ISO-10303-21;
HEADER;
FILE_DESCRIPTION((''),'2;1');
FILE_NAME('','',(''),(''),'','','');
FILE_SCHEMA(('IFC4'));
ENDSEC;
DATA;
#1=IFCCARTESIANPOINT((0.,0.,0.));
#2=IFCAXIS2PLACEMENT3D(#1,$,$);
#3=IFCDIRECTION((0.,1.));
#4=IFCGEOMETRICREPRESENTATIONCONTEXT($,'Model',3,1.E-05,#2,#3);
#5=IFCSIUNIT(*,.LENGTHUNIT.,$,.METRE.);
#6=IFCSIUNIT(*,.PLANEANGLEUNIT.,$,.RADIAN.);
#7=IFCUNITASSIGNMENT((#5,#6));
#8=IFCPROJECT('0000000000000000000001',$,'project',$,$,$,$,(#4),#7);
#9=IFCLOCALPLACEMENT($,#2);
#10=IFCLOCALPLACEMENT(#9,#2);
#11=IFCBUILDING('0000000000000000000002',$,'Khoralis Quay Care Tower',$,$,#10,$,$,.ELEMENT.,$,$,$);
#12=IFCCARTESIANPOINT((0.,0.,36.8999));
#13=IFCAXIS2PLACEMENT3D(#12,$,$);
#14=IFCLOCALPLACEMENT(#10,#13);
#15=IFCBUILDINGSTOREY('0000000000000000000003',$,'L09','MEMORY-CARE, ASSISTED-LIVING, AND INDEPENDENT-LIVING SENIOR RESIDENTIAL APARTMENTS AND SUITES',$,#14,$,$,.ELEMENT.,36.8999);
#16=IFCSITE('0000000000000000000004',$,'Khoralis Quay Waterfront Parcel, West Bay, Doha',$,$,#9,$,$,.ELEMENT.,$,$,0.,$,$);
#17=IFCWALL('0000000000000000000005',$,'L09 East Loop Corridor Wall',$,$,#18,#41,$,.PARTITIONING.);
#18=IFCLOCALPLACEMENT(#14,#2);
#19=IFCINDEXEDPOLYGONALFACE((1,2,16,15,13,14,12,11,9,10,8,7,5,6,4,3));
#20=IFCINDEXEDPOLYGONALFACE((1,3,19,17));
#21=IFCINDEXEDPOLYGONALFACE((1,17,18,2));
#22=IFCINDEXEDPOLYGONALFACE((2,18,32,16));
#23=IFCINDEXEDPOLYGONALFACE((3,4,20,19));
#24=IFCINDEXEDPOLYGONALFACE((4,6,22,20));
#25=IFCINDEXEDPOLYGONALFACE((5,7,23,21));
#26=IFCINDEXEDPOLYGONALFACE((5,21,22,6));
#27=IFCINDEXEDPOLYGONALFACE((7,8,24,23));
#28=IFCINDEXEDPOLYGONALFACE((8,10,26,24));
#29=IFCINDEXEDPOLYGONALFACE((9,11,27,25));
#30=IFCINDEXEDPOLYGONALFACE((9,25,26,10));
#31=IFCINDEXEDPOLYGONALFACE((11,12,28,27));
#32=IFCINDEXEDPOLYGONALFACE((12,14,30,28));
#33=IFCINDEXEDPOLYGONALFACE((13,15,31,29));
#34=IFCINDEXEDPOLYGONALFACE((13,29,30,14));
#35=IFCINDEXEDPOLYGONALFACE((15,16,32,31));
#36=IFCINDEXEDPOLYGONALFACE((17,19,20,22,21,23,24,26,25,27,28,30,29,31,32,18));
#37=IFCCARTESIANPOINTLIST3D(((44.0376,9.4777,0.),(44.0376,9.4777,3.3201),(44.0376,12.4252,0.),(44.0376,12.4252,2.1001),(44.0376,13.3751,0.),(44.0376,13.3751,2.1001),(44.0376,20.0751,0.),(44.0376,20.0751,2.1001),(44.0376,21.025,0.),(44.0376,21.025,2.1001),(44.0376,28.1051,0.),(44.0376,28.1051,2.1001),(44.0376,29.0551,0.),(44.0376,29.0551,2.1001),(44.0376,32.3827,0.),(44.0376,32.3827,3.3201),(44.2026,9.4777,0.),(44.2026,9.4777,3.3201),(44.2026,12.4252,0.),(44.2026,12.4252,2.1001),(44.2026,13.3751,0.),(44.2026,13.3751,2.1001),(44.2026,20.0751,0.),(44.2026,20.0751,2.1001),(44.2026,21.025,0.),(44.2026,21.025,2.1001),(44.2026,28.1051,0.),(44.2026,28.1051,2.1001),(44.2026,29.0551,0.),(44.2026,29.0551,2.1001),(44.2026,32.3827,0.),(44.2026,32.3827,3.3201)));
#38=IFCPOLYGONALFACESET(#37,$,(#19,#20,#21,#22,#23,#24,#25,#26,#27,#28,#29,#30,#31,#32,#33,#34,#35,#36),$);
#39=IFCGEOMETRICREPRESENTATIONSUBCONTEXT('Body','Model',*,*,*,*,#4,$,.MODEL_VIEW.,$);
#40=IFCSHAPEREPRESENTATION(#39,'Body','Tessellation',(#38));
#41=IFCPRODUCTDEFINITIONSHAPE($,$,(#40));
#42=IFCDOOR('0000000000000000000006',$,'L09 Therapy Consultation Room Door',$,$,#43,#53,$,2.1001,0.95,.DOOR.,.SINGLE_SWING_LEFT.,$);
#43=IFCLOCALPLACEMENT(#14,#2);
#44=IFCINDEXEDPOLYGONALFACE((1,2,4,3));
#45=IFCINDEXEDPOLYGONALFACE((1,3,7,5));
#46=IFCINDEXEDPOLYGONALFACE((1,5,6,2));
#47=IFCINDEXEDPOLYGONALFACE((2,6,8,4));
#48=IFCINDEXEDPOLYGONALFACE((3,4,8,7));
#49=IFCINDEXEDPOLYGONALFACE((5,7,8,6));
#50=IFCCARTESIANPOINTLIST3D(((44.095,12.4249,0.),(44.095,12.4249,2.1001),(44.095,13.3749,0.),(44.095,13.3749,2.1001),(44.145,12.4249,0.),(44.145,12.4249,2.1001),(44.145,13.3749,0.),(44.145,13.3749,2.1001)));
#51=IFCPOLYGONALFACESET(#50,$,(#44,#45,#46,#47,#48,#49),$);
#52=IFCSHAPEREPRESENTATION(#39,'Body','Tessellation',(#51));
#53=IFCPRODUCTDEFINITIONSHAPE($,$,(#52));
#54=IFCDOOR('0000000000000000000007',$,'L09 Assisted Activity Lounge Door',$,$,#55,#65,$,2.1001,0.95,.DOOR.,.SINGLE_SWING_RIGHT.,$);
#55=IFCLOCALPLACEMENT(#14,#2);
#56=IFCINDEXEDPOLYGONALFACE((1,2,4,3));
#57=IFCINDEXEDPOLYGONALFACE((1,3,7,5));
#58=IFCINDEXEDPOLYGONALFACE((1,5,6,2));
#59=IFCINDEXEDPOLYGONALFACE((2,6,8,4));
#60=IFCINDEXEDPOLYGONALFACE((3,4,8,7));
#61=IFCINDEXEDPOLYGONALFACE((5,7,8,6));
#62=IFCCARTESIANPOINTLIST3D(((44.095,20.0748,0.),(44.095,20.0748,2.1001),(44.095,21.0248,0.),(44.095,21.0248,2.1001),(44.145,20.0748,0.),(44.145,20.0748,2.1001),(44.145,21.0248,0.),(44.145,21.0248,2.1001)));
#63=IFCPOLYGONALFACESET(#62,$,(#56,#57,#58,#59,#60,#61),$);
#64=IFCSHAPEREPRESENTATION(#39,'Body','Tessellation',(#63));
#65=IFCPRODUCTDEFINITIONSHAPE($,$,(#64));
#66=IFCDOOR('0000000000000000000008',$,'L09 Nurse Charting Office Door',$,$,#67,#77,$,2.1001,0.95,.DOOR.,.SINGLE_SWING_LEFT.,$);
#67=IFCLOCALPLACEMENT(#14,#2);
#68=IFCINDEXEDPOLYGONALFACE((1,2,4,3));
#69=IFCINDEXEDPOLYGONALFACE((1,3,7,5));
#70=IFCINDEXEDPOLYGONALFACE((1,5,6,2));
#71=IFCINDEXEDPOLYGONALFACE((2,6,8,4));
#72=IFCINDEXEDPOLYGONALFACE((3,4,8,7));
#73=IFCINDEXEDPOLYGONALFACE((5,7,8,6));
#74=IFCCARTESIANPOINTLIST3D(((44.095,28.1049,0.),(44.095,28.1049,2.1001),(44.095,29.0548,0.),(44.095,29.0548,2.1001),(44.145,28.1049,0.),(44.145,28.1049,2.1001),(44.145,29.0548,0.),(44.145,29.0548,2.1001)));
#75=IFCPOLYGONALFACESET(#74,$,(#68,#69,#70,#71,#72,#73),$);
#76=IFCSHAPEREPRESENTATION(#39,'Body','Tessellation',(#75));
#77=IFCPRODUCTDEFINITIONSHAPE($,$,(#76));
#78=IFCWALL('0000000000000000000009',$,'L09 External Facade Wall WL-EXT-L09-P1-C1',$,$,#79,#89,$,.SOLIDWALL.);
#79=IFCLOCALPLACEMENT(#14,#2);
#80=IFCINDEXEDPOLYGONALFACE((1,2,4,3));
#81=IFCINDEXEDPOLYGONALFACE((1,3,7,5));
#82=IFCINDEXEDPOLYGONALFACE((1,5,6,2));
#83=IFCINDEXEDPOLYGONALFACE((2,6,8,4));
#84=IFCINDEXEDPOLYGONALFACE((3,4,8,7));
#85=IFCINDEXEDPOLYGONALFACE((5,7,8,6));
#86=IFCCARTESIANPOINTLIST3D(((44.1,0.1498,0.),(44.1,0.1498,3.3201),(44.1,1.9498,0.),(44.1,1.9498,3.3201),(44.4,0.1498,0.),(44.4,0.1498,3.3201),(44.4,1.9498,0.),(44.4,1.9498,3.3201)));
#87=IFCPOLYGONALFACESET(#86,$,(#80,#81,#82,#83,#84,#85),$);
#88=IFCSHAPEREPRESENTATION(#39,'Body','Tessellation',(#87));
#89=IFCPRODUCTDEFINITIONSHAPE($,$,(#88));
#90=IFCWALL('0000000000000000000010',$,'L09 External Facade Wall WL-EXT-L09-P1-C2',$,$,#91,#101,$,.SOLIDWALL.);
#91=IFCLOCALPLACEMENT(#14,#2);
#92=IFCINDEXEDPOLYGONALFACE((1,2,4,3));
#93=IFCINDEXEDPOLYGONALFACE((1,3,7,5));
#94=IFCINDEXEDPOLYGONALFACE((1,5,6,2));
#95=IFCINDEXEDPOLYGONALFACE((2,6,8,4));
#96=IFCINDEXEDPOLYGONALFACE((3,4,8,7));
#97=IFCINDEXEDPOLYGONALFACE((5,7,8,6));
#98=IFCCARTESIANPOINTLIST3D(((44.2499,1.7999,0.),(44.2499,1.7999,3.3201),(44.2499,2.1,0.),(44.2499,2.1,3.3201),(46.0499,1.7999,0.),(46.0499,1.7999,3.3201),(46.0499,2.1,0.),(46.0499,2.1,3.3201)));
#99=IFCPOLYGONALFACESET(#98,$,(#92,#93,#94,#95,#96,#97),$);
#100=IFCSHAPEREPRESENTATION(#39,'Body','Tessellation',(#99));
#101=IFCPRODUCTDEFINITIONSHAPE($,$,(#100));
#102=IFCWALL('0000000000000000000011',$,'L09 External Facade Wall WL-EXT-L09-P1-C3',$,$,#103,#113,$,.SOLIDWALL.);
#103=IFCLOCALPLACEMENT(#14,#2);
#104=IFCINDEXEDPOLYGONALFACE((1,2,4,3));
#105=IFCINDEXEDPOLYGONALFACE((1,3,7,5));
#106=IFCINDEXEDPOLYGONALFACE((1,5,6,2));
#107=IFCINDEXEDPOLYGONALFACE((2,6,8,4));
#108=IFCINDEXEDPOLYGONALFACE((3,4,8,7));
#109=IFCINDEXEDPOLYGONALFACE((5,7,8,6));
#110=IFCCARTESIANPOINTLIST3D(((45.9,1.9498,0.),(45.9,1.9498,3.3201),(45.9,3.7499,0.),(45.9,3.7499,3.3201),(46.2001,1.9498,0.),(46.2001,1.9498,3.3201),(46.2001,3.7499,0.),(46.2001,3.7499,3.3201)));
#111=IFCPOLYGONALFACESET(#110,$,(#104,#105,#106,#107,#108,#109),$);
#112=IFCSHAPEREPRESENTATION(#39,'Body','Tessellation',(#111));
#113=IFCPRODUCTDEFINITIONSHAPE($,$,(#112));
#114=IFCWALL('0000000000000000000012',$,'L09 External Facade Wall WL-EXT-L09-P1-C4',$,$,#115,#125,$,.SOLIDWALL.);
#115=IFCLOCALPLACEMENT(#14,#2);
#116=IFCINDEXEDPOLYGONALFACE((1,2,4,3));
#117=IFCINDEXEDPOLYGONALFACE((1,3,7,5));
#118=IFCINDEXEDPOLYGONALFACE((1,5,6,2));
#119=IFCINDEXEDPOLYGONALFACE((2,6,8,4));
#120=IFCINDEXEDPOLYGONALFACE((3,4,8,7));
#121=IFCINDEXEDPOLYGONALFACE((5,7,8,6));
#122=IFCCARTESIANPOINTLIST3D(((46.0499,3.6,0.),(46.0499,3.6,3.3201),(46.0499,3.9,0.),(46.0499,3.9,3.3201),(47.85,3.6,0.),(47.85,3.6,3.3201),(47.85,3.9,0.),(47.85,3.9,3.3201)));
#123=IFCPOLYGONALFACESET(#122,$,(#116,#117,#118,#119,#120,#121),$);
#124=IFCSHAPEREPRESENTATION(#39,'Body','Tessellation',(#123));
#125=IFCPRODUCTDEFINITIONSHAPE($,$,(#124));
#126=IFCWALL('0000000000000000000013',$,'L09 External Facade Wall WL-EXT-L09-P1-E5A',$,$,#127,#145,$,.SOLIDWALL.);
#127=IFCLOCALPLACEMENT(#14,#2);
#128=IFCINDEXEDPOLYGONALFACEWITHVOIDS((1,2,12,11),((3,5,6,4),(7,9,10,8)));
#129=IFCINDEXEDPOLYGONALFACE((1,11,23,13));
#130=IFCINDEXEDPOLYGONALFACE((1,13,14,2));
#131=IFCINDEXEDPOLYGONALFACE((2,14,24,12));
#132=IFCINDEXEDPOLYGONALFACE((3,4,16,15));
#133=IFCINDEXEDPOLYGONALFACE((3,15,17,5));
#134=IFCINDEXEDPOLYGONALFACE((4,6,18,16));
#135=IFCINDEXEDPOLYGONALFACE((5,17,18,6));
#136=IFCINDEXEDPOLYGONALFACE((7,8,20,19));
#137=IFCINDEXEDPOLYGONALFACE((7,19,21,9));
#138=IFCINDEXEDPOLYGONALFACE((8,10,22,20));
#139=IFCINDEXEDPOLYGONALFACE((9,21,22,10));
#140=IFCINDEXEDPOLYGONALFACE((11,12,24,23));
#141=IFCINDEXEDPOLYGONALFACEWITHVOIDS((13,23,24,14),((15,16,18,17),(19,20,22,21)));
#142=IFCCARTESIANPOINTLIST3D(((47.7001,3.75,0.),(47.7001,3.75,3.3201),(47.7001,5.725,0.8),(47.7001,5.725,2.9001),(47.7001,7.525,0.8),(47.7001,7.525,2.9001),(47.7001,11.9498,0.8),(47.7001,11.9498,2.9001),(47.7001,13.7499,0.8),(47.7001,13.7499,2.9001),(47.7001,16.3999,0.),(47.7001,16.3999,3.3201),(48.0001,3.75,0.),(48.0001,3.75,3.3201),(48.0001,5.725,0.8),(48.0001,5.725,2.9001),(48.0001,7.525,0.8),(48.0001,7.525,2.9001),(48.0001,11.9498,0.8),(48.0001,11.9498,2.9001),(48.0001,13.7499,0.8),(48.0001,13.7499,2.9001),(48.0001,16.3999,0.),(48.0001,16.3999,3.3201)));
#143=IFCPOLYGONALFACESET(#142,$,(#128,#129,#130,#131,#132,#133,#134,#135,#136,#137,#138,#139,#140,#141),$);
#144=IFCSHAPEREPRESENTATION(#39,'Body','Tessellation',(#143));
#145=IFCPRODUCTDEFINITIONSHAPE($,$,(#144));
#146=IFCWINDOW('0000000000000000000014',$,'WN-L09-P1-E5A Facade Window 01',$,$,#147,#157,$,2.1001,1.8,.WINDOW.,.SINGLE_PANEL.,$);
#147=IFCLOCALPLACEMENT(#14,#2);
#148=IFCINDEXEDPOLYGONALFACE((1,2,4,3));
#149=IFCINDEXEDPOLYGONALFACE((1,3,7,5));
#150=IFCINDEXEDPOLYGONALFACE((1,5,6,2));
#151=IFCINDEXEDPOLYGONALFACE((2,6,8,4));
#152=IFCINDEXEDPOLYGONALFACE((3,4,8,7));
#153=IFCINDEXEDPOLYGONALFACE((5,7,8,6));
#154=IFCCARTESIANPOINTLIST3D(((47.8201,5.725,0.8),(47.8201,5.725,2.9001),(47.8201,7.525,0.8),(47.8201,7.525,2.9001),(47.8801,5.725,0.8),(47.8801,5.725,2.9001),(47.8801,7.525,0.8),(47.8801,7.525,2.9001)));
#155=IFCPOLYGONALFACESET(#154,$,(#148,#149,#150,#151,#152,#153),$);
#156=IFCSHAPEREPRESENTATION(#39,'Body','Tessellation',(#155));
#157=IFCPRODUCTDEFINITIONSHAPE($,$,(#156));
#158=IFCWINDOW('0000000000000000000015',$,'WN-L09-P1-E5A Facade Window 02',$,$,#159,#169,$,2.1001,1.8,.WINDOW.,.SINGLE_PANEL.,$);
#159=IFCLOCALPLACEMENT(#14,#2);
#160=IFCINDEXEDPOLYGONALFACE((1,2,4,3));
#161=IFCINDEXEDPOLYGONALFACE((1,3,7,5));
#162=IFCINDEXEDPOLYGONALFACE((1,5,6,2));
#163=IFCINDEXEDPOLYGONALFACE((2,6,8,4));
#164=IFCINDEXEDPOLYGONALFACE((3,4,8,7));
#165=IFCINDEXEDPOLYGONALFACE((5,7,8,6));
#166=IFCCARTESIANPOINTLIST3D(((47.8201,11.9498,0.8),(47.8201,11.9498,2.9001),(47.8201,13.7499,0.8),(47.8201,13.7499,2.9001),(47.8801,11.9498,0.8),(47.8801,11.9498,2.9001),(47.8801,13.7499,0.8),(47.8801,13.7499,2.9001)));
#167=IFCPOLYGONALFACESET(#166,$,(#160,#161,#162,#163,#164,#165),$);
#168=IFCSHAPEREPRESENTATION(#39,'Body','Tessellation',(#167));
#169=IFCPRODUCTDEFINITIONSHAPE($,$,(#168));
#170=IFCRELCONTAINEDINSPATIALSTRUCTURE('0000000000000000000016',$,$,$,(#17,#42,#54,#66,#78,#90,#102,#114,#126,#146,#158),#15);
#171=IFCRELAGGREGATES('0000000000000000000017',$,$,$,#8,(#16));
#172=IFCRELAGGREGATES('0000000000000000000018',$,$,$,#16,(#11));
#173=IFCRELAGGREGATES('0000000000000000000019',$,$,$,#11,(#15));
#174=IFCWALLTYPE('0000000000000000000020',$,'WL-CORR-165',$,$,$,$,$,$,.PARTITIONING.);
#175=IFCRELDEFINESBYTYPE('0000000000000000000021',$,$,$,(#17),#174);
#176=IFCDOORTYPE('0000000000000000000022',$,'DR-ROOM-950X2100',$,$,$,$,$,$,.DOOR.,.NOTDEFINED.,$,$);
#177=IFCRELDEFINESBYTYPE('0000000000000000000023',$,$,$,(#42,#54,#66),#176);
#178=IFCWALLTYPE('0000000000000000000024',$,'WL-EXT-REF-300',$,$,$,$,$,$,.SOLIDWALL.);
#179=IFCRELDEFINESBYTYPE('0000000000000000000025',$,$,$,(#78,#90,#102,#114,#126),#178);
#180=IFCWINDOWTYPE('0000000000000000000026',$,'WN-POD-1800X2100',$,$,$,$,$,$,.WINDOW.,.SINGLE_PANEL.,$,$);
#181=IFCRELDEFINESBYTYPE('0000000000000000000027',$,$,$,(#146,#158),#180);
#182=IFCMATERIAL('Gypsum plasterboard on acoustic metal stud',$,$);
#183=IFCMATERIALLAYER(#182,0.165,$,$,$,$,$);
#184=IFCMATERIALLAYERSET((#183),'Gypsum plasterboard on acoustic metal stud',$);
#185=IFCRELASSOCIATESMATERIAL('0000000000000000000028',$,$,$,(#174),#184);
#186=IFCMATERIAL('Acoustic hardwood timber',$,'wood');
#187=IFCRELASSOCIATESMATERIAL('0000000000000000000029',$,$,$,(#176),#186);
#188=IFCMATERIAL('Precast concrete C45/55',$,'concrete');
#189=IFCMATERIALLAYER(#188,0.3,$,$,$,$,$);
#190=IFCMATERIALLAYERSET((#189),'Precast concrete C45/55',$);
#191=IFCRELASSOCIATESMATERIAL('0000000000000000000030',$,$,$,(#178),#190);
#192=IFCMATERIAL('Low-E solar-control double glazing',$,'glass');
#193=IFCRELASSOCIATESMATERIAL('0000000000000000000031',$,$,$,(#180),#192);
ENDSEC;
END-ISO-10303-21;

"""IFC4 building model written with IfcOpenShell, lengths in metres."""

from ifc_helpers import new_model, si_unit, direction, frame, frame_2d, origin, place, context, subcontext, project, spatial, rectangle, extrude, source, transform, mapped, material, layer, layer_set, type_object, element, fill, save


model = new_model("IFC4")

# Units and contexts
model_context = context("Model", 3, precision=1e-05, world=origin(), true_north=direction((0.0, 1.0)))
body_context = subcontext(model_context, "Body", "Model", "MODEL_VIEW")
ifc_project = project(units=[si_unit("LENGTHUNIT", "METRE"), si_unit("PLANEANGLEUNIT", "RADIAN")], contexts=[model_context])

# Site, building, storey
site_placement = place(None, origin())
site = spatial("IfcSite", under=ifc_project, at=site_placement, Name="Khoralis Quay Waterfront Parcel, West Bay, Doha", CompositionType="ELEMENT", RefElevation=0.0)
building_placement = place(site_placement, origin())
building = spatial("IfcBuilding", under=site, at=building_placement, Name="Khoralis Quay Care Tower", CompositionType="ELEMENT")
storey_placement = place(building_placement, frame((0.0, 0.0, 36.8999)))
storey = spatial("IfcBuildingStorey", under=building, at=storey_placement, Name="L09", Description="MEMORY-CARE, ASSISTED-LIVING, AND INDEPENDENT-LIVING SENIOR RESIDENTIAL APARTMENTS AND SUITES", CompositionType="ELEMENT", Elevation=36.8999)

# Wall, openings, doors
ifc_material_1 = material(Name="Gypsum plasterboard on acoustic metal stud")
ifc_layer_1 = layer(ifc_material_1, 0.165)
ifc_layer_set_1 = layer_set([ifc_layer_1], Name="Gypsum plasterboard on acoustic metal stud")
wall_type_1 = type_object("IfcWallType", Name="WL-CORR-165", PredefinedType="PARTITIONING", material=ifc_layer_set_1)
wall_1_placement = place(storey_placement, frame((44.1201, 9.4775, 0.0), z_axis=(0.0, 0.0, 1.0), x_axis=(0.0, 1.0, 0.0)))
wall_1 = element("IfcWall", 1, at=wall_1_placement, inside=storey, type_object=wall_type_1, Name="L09 East Loop Corridor Wall", PredefinedType="PARTITIONING", context=body_context, shape_type="SweptSolid", body=[
    extrude(rectangle(XDim=22.905, YDim=0.165, at=frame_2d((11.4526, 0.0))), origin(), (0.0, 0.0, 1.0), 3.3201),
])
opening_1_placement = place(wall_1_placement, frame((2.9475, 0.0, 0.0)))
opening_1 = element("IfcOpeningElement", 2, at=opening_1_placement, cuts=wall_1, PredefinedType="OPENING", context=body_context, shape_type="SweptSolid", body=[
    extrude(rectangle(XDim=0.95, YDim=2.1001, at=frame_2d((0.4751, 1.05))), frame((0.0, 0.0925, 0.0), z_axis=(0.0, -1.0, 0.0), x_axis=(1.0, 0.0, 0.0)), (0.0, 0.0, 1.0), 0.1851),
])
opening_2_placement = place(wall_1_placement, frame((10.5974, 0.0, 0.0)))
opening_2 = element("IfcOpeningElement", 3, at=opening_2_placement, cuts=wall_1, PredefinedType="OPENING", context=body_context, shape_type="SweptSolid", body=[
    extrude(rectangle(XDim=0.95, YDim=2.1001, at=frame_2d((0.4751, 1.05))), frame((0.0, 0.0925, 0.0), z_axis=(0.0, -1.0, 0.0), x_axis=(1.0, 0.0, 0.0)), (0.0, 0.0, 1.0), 0.1851),
])
opening_3_placement = place(wall_1_placement, frame((18.6274, 0.0, 0.0)))
opening_3 = element("IfcOpeningElement", 4, at=opening_3_placement, cuts=wall_1, PredefinedType="OPENING", context=body_context, shape_type="SweptSolid", body=[
    extrude(rectangle(XDim=0.95, YDim=2.1001, at=frame_2d((0.4751, 1.05))), frame((0.0, 0.0925, 0.0), z_axis=(0.0, -1.0, 0.0), x_axis=(1.0, 0.0, 0.0)), (0.0, 0.0, 1.0), 0.1851),
])
ifc_material_2 = material(Name="Acoustic hardwood timber", Category="wood")
door_type = type_object("IfcDoorType", Name="DR-ROOM-950X2100", OperationType="NOTDEFINED", PredefinedType="DOOR", material=ifc_material_2)
shared_shape_1 = source(origin(), body_context, "Body", "SweptSolid", [
    extrude(rectangle(XDim=0.95, YDim=2.1001, at=frame_2d((0.4751, 1.05))), frame((0.0, 0.0249, 0.0), z_axis=(0.0, -1.0, 0.0), x_axis=(1.0, 0.0, 0.0)), (0.0, 0.0, 1.0), 0.05),
])
door_1_placement = place(opening_1_placement, frame((0.95, 0.0, 0.0), z_axis=(0.0, 0.0, 1.0), x_axis=(-1.0, 0.0, 0.0)))
door_1 = element("IfcDoor", 5, at=door_1_placement, inside=storey, type_object=door_type, Name="L09 Therapy Consultation Room Door", OperationType="SINGLE_SWING_LEFT", OverallHeight=2.1001, OverallWidth=0.95, PredefinedType="DOOR", context=body_context, shape_type="MappedRepresentation", body=[
    mapped(shared_shape_1, transform((0.0, 0.0, 0.0), scale=1.0)),
])
fill(opening_1, door_1)
door_2_placement = place(opening_2_placement, frame((0.95, 0.0, 0.0), z_axis=(0.0, 0.0, 1.0), x_axis=(-1.0, 0.0, 0.0)))
door_2 = element("IfcDoor", 6, at=door_2_placement, inside=storey, type_object=door_type, Name="L09 Assisted Activity Lounge Door", OperationType="SINGLE_SWING_RIGHT", OverallHeight=2.1001, OverallWidth=0.95, PredefinedType="DOOR", context=body_context, shape_type="MappedRepresentation", body=[
    mapped(shared_shape_1, transform((0.0, 0.0, 0.0), scale=1.0)),
])
fill(opening_2, door_2)
door_3_placement = place(opening_3_placement, frame((0.95, 0.0, 0.0), z_axis=(0.0, 0.0, 1.0), x_axis=(-1.0, 0.0, 0.0)))
door_3 = element("IfcDoor", 7, at=door_3_placement, inside=storey, type_object=door_type, Name="L09 Nurse Charting Office Door", OperationType="SINGLE_SWING_LEFT", OverallHeight=2.1001, OverallWidth=0.95, PredefinedType="DOOR", context=body_context, shape_type="MappedRepresentation", body=[
    mapped(shared_shape_1, transform((0.0, 0.0, 0.0), scale=1.0)),
])
fill(opening_3, door_3)

# Walls
ifc_material_3 = material(Name="Precast concrete C45/55", Category="concrete")
ifc_layer_2 = layer(ifc_material_3, 0.3)
ifc_layer_set_2 = layer_set([ifc_layer_2], Name="Precast concrete C45/55")
wall_type_2 = type_object("IfcWallType", Name="WL-EXT-REF-300", PredefinedType="SOLIDWALL", material=ifc_layer_set_2)
for number, where, z_axis, x_axis, name in (
    (8, (44.25, 0.1499, 0.0), (0.0, 0.0, 1.0), (0.0, 1.0, 0.0), "L09 External Facade Wall WL-EXT-L09-P1-C1"),
    (9, (44.25, 1.95, 0.0), (0.0, 0.0, 1.0), (1.0, 0.0, 0.0), "L09 External Facade Wall WL-EXT-L09-P1-C2"),
    (10, (46.05, 1.95, 0.0), (0.0, 0.0, 1.0), (0.0, 1.0, 0.0), "L09 External Facade Wall WL-EXT-L09-P1-C3"),
    (11, (46.05, 3.75, 0.0), (0.0, 0.0, 1.0), (1.0, 0.0, 0.0), "L09 External Facade Wall WL-EXT-L09-P1-C4"),
):
    element("IfcWall", number, at=place(storey_placement, frame(where, z_axis=z_axis, x_axis=x_axis)), inside=storey, type_object=wall_type_2, Name=name, PredefinedType="SOLIDWALL", context=body_context, shape_type="SweptSolid", body=[
        extrude(rectangle(XDim=1.8, YDim=0.3, at=frame_2d((0.8999, 0.0))), origin(), (0.0, 0.0, 1.0), 3.3201),
    ])

# Wall, openings, windows
wall_2_placement = place(storey_placement, frame((47.8501, 3.75, 0.0), z_axis=(0.0, 0.0, 1.0), x_axis=(0.0, 1.0, 0.0)))
wall_2 = element("IfcWall", 12, at=wall_2_placement, inside=storey, type_object=wall_type_2, Name="L09 External Facade Wall WL-EXT-L09-P1-E5A", PredefinedType="SOLIDWALL", context=body_context, shape_type="SweptSolid", body=[
    extrude(rectangle(XDim=12.6499, YDim=0.3, at=frame_2d((6.325, 0.0))), origin(), (0.0, 0.0, 1.0), 3.3201),
])
opening_4_placement = place(wall_2_placement, frame((1.9751, 0.0, 0.8)))
opening_4 = element("IfcOpeningElement", 13, at=opening_4_placement, cuts=wall_2, PredefinedType="OPENING", context=body_context, shape_type="SweptSolid", body=[
    extrude(rectangle(XDim=1.8, YDim=2.1001, at=frame_2d((0.8999, 1.05))), frame((0.0, 0.1602, 0.0), z_axis=(0.0, -1.0, 0.0), x_axis=(1.0, 0.0, 0.0)), (0.0, 0.0, 1.0), 0.3201),
])
opening_5_placement = place(wall_2_placement, frame((8.2, 0.0, 0.8)))
opening_5 = element("IfcOpeningElement", 14, at=opening_5_placement, cuts=wall_2, PredefinedType="OPENING", context=body_context, shape_type="SweptSolid", body=[
    extrude(rectangle(XDim=1.8, YDim=2.1001, at=frame_2d((0.8999, 1.05))), frame((0.0, 0.1602, 0.0), z_axis=(0.0, -1.0, 0.0), x_axis=(1.0, 0.0, 0.0)), (0.0, 0.0, 1.0), 0.3201),
])
ifc_material_4 = material(Name="Low-E solar-control double glazing", Category="glass")
window_type = type_object("IfcWindowType", Name="WN-POD-1800X2100", PartitioningType="SINGLE_PANEL", PredefinedType="WINDOW", material=ifc_material_4)
shared_shape_2 = source(origin(), body_context, "Body", "SweptSolid", [
    extrude(rectangle(XDim=1.8, YDim=2.1001, at=frame_2d((0.8999, 1.05))), frame((0.0, 0.03, 0.0), z_axis=(0.0, -1.0, 0.0), x_axis=(1.0, 0.0, 0.0)), (0.0, 0.0, 1.0), 0.0601),
])
window_1_placement = place(opening_4_placement, origin())
window_1 = element("IfcWindow", 15, at=window_1_placement, inside=storey, type_object=window_type, Name="WN-L09-P1-E5A Facade Window 01", OverallHeight=2.1001, OverallWidth=1.8, PartitioningType="SINGLE_PANEL", PredefinedType="WINDOW", context=body_context, shape_type="MappedRepresentation", body=[
    mapped(shared_shape_2, transform((0.0, 0.0, 0.0), scale=1.0)),
])
fill(opening_4, window_1)
window_2_placement = place(opening_5_placement, origin())
window_2 = element("IfcWindow", 16, at=window_2_placement, inside=storey, type_object=window_type, Name="WN-L09-P1-E5A Facade Window 02", OverallHeight=2.1001, OverallWidth=1.8, PartitioningType="SINGLE_PANEL", PredefinedType="WINDOW", context=body_context, shape_type="MappedRepresentation", body=[
    mapped(shared_shape_2, transform((0.0, 0.0, 0.0), scale=1.0)),
])
fill(opening_5, window_2)

save(model, "model.ifc")
